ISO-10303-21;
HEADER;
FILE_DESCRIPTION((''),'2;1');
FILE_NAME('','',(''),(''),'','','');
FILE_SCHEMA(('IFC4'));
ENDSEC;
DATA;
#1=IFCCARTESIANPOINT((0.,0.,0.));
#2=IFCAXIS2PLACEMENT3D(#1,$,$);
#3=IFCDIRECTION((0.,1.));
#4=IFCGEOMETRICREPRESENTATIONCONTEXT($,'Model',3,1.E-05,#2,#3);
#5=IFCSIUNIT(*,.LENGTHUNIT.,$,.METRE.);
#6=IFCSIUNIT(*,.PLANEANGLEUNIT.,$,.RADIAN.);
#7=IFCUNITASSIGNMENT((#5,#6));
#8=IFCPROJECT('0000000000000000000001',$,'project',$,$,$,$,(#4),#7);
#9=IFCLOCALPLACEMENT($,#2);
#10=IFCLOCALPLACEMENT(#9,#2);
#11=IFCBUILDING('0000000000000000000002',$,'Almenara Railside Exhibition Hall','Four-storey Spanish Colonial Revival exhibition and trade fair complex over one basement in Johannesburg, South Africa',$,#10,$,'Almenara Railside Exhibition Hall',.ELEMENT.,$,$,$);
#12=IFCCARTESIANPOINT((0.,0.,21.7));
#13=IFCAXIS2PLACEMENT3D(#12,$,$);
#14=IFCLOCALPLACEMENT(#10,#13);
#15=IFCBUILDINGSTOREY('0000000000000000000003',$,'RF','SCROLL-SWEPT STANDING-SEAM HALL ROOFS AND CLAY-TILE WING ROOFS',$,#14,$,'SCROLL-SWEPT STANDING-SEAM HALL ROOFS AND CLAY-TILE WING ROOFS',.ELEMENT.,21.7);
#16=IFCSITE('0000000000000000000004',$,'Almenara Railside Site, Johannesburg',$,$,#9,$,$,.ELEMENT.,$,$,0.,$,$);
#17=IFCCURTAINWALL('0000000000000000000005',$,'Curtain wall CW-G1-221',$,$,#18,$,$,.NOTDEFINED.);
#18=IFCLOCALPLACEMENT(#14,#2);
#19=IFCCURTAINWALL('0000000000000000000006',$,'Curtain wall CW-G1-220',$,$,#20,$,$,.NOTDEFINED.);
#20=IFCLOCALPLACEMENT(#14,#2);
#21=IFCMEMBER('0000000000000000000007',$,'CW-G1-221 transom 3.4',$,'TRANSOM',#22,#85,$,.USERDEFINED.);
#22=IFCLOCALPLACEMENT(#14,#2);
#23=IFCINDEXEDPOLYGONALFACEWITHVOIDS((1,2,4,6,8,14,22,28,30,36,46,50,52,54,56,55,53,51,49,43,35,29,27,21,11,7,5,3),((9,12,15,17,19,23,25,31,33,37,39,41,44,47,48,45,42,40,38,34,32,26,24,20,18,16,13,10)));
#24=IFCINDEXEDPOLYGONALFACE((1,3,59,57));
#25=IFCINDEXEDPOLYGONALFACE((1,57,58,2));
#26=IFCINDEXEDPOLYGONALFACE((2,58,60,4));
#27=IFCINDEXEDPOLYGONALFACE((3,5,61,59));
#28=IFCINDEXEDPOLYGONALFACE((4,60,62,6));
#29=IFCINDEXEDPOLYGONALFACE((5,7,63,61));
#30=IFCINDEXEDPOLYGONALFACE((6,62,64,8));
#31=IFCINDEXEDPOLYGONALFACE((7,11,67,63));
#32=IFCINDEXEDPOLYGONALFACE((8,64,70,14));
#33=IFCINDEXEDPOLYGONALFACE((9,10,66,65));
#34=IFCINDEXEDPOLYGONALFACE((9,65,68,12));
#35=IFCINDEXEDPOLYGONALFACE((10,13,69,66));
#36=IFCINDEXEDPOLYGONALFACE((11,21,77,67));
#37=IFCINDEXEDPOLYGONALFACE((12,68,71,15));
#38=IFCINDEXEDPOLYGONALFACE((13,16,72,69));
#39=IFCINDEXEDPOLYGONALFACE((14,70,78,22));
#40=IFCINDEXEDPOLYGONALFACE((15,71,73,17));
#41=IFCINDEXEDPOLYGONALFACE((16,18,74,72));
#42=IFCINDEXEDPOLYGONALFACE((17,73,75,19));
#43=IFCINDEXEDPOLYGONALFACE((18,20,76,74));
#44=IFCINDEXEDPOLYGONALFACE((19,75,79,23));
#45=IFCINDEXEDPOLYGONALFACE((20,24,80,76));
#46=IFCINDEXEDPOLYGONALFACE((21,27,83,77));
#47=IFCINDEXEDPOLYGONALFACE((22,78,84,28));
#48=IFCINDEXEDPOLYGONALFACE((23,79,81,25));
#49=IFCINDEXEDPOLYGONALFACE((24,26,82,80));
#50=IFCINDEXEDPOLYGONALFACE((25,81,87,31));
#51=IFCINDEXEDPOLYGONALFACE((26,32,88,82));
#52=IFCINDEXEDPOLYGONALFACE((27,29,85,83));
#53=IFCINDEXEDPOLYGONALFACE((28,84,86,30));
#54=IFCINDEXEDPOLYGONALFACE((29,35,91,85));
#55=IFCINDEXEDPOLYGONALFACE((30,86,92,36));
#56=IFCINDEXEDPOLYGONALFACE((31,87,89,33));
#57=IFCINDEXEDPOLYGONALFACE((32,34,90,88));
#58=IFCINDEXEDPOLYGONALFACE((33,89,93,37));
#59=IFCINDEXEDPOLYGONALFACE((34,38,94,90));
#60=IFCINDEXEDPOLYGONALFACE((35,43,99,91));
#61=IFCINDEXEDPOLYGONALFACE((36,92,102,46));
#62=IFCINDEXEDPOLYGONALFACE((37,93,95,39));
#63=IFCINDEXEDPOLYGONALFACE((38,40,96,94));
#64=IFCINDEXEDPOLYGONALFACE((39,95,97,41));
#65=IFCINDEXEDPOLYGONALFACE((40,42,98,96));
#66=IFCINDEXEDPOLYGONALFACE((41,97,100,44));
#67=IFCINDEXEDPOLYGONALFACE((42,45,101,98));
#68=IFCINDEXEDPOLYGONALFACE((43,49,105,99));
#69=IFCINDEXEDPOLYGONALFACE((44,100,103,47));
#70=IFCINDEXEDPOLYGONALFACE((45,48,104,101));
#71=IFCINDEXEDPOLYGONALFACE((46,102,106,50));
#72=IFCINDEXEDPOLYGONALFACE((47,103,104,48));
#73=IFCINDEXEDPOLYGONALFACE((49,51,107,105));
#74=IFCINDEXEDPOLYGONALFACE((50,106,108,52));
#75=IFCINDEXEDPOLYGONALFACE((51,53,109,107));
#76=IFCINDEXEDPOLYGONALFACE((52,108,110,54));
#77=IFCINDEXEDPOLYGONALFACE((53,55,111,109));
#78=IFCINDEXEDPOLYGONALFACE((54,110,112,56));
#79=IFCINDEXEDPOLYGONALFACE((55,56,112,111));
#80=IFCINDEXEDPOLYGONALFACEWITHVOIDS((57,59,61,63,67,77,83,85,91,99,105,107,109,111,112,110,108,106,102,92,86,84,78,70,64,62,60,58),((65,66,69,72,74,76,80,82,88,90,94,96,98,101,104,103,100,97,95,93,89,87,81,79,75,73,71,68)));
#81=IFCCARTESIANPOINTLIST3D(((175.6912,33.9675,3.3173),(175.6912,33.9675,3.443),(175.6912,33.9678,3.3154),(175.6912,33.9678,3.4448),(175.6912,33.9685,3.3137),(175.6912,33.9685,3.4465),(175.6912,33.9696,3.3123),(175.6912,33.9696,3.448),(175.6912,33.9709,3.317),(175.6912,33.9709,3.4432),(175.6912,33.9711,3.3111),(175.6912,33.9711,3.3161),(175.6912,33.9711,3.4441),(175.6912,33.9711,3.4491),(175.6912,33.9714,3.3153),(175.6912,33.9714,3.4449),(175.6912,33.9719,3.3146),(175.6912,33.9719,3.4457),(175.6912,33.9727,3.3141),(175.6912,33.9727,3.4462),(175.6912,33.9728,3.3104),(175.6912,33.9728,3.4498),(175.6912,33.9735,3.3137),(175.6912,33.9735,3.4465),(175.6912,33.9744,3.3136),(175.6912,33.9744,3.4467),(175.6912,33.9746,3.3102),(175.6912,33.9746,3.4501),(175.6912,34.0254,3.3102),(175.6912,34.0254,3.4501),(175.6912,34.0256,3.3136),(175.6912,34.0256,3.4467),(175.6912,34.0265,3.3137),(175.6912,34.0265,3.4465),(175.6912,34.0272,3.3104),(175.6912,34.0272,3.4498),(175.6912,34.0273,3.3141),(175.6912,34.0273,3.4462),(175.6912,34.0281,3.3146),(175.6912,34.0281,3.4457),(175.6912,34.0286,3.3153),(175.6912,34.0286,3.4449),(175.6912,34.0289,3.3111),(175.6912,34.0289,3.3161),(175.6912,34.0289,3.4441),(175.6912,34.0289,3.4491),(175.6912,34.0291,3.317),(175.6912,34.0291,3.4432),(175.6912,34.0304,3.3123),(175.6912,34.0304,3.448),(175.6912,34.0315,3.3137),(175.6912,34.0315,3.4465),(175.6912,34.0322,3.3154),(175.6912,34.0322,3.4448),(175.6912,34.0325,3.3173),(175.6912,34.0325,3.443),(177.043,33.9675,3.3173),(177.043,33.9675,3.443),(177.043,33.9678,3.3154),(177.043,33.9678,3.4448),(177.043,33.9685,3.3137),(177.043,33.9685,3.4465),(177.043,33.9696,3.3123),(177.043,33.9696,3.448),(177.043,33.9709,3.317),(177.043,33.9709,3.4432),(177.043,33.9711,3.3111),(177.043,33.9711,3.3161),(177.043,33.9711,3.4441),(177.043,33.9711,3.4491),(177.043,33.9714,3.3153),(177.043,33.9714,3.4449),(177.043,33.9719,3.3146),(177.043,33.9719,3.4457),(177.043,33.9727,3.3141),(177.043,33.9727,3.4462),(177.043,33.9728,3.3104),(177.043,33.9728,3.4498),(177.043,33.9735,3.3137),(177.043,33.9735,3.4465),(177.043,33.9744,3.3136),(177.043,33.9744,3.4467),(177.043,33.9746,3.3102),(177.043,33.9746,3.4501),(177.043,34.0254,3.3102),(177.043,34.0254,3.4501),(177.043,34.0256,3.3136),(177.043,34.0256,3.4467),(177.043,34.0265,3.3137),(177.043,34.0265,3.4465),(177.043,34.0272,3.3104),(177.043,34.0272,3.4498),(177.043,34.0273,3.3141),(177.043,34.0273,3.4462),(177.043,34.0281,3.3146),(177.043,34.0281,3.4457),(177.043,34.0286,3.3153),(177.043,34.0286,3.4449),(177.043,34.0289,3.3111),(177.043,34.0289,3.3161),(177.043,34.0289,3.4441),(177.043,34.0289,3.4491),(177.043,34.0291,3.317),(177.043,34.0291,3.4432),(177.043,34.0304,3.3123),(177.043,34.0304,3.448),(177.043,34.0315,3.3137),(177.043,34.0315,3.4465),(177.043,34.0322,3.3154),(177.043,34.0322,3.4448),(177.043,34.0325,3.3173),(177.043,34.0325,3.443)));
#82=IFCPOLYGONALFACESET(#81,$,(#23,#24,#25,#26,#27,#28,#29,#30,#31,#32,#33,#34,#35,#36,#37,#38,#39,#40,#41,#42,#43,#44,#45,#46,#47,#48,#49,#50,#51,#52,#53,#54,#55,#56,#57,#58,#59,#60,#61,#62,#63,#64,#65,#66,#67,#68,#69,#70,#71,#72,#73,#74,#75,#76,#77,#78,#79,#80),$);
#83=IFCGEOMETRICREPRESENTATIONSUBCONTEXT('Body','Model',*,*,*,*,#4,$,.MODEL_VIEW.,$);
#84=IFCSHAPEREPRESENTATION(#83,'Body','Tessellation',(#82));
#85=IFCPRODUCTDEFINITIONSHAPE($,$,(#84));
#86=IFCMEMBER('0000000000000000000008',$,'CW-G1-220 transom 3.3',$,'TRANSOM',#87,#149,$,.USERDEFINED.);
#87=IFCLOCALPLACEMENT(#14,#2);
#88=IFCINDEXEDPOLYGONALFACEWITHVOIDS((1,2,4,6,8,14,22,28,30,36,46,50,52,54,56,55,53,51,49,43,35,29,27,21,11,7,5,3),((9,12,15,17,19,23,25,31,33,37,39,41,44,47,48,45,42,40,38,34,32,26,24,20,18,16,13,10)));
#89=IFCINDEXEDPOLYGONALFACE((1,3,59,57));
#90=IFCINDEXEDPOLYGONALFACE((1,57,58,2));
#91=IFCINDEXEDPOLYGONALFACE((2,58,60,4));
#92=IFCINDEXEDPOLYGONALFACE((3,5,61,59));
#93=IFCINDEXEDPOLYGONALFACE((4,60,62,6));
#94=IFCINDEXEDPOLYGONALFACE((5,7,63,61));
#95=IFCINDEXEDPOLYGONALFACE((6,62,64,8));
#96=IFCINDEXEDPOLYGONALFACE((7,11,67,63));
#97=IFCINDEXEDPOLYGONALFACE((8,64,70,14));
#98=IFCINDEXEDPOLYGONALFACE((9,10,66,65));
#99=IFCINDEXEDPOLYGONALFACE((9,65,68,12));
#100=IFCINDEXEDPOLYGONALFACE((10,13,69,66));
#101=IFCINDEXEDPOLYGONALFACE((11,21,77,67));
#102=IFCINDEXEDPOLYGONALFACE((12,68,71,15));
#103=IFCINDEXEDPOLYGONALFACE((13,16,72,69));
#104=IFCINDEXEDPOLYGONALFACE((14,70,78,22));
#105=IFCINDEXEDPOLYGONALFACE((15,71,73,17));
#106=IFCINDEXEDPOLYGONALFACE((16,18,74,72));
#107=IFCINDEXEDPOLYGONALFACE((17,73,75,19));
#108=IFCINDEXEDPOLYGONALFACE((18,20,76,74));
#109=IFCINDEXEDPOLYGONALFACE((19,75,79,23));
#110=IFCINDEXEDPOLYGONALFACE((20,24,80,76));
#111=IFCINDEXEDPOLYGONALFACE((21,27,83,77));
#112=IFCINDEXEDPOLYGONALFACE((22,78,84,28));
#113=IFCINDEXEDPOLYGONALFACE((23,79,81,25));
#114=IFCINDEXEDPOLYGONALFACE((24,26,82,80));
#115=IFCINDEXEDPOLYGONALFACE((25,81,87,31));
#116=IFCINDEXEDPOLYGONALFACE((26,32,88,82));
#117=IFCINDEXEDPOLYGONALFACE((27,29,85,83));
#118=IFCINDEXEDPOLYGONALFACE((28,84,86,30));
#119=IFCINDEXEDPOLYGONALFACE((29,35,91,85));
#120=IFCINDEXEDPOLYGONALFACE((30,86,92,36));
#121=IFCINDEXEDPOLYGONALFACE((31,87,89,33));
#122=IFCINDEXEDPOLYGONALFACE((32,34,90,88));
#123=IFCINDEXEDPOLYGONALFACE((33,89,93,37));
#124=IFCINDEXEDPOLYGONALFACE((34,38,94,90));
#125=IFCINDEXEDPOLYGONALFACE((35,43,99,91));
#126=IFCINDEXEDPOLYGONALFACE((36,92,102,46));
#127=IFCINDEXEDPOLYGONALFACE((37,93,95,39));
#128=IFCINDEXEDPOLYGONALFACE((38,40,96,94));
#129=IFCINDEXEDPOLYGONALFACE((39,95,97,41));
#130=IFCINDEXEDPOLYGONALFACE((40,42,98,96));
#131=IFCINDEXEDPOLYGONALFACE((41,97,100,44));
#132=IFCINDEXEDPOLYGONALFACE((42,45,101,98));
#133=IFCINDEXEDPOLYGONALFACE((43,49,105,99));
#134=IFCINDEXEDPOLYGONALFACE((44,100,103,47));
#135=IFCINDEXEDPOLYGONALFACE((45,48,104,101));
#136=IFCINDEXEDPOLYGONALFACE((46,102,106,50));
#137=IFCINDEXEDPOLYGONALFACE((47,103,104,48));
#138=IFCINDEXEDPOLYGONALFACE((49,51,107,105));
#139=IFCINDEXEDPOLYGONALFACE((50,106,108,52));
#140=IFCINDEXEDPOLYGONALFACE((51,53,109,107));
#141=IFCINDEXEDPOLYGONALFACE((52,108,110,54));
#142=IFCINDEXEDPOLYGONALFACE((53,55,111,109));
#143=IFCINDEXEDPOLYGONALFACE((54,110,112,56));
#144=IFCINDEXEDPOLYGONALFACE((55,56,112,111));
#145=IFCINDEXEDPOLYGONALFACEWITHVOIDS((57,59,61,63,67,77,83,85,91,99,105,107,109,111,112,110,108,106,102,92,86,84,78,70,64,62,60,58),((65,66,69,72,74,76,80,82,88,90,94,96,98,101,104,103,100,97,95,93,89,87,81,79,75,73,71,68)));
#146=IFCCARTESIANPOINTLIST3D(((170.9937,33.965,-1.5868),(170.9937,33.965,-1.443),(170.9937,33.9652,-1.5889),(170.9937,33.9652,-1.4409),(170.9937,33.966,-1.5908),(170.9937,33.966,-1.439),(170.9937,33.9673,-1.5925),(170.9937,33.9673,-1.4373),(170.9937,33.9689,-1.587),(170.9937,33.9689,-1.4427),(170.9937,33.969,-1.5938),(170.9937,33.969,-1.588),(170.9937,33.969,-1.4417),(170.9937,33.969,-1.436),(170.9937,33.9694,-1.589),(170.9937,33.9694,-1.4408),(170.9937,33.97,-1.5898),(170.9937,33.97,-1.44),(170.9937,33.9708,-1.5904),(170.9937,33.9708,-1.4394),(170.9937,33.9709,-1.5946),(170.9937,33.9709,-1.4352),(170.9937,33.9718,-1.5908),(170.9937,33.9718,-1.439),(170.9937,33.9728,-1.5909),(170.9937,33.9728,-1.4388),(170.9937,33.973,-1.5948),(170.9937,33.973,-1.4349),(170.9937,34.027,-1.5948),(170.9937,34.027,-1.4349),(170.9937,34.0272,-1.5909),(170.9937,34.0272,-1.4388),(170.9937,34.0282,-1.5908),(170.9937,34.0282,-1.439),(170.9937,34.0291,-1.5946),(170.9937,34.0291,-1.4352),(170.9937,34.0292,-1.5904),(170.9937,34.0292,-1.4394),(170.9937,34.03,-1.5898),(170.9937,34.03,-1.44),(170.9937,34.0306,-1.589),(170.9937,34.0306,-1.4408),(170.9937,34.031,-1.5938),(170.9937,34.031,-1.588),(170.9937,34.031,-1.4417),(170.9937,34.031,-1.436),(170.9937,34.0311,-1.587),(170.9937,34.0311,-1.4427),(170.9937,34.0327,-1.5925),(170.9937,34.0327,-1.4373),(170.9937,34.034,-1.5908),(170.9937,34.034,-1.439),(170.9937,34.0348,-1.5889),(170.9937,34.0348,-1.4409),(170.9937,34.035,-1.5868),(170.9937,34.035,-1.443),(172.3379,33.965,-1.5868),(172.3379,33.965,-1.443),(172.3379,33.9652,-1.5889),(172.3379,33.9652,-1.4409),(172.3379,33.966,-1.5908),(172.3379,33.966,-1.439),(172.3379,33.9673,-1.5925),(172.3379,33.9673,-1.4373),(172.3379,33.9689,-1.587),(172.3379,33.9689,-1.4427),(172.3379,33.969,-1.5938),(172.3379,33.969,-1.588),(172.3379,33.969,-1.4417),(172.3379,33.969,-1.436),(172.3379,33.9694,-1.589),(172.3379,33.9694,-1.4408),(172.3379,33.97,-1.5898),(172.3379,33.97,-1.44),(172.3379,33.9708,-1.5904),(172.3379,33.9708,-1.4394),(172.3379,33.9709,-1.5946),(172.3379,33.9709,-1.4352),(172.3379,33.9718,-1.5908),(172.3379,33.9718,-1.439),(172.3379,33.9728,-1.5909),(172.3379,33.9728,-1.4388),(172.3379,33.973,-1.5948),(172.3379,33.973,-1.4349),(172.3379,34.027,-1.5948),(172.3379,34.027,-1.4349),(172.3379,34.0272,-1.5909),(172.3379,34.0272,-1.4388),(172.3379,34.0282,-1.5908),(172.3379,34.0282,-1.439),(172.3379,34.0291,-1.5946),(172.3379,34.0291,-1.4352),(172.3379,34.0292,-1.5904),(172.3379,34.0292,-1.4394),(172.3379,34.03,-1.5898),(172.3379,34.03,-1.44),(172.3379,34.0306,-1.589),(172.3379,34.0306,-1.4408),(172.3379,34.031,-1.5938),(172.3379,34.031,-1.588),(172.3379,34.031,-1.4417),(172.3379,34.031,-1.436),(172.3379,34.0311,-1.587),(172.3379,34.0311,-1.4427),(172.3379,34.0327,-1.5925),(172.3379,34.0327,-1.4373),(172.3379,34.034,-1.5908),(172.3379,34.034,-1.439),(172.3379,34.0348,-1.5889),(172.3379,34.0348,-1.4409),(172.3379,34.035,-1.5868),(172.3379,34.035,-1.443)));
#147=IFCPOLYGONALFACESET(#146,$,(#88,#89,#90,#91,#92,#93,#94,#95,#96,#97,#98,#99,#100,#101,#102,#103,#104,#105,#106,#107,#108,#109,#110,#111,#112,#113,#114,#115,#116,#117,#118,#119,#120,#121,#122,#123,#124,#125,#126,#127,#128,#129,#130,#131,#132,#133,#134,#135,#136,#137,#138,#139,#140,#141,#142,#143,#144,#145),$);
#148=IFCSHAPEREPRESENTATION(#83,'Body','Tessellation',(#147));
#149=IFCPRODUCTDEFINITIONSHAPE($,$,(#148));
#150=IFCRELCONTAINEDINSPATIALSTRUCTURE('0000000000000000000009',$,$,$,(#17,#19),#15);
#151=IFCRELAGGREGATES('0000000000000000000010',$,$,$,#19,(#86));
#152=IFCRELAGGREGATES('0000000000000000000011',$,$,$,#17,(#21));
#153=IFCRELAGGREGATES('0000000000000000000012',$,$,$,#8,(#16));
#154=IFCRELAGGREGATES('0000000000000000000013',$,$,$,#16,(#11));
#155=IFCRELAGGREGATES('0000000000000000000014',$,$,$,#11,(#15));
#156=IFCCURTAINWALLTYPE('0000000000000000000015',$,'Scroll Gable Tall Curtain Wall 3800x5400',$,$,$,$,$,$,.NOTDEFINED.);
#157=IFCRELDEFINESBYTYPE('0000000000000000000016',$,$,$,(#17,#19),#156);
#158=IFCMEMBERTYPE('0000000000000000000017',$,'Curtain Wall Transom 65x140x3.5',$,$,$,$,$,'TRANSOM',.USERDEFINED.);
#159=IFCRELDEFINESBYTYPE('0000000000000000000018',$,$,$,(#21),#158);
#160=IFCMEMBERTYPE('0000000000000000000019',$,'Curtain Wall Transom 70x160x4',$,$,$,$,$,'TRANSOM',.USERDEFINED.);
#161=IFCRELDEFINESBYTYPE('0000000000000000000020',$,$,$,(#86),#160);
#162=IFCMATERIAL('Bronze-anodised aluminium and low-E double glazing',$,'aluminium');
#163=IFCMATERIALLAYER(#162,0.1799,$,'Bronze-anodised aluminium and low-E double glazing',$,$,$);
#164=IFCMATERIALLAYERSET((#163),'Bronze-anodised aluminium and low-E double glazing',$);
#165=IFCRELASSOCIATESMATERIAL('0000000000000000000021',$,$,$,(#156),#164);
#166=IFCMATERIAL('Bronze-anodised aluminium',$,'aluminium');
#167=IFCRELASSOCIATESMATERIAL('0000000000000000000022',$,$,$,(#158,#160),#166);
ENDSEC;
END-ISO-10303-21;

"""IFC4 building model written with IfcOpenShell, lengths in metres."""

from ifc_helpers import new_model, si_unit, direction, frame, origin, origin_2d, place, context, subcontext, project, spatial, hollow_rectangle, extrude, material, layer, layer_set, material_profile, profile_set, type_object, element, aggregate, save


model = new_model("IFC4")

# Units and contexts
model_context = context("Model", 3, precision=1e-05, world=origin(), true_north=direction((0.0, 1.0)))
body_context = subcontext(model_context, "Body", "Model", "MODEL_VIEW")
ifc_project = project(units=[si_unit("LENGTHUNIT", "METRE"), si_unit("PLANEANGLEUNIT", "RADIAN")], contexts=[model_context])

# Site, building, storey
site_placement = place(None, origin())
site = spatial("IfcSite", under=ifc_project, at=site_placement, Name="Almenara Railside Site, Johannesburg", CompositionType="ELEMENT", RefElevation=0.0)
building_placement = place(site_placement, origin())
building = spatial("IfcBuilding", under=site, at=building_placement, Name="Almenara Railside Exhibition Hall", Description="Four-storey Spanish Colonial Revival exhibition and trade fair complex over one basement in Johannesburg, South Africa", LongName="Almenara Railside Exhibition Hall", CompositionType="ELEMENT")
storey_placement = place(building_placement, frame((0.0, 0.0, 21.7)))
storey = spatial("IfcBuildingStorey", under=building, at=storey_placement, Name="RF", Description="SCROLL-SWEPT STANDING-SEAM HALL ROOFS AND CLAY-TILE WING ROOFS", LongName="SCROLL-SWEPT STANDING-SEAM HALL ROOFS AND CLAY-TILE WING ROOFS", CompositionType="ELEMENT", Elevation=21.7)

# Curtain wall
ifc_material_1 = material(Name="Bronze-anodised aluminium and low-E double glazing", Category="aluminium")
ifc_layer_1 = layer(ifc_material_1, 0.1799, Name="Bronze-anodised aluminium and low-E double glazing")
ifc_layer_set_1 = layer_set([ifc_layer_1], Name="Bronze-anodised aluminium and low-E double glazing")
curtain_wall_type = type_object("IfcCurtainWallType", Name="Scroll Gable Tall Curtain Wall 3800x5400", PredefinedType="NOTDEFINED", material=ifc_layer_set_1)
curtain_wall_1_placement = place(storey_placement, origin())
curtain_wall_1 = element("IfcCurtainWall", 1, at=curtain_wall_1_placement, inside=storey, type_object=curtain_wall_type, Name="Curtain wall CW-G1-221", PredefinedType="NOTDEFINED")
ifc_material_2 = material(Name="Bronze-anodised aluminium", Category="aluminium")

# Curtain wall
curtain_wall_2_placement = place(storey_placement, origin())
curtain_wall_2 = element("IfcCurtainWall", 2, at=curtain_wall_2_placement, inside=storey, type_object=curtain_wall_type, Name="Curtain wall CW-G1-220", PredefinedType="NOTDEFINED")

# Members
ifc_material_profile_1 = material_profile(ifc_material_2, hollow_rectangle(XDim=0.0649, YDim=0.1399, WallThickness=0.0034, InnerFilletRadius=0.0034, OuterFilletRadius=0.0071, at=origin_2d()), Name="ALU-TRN 65x140x3.5")
ifc_profile_set_1 = profile_set([ifc_material_profile_1], Name="Bronze-anodised aluminium")
member_type_1 = type_object("IfcMemberType", Name="Curtain Wall Transom 65x140x3.5", ElementType="TRANSOM", PredefinedType="USERDEFINED", material=ifc_profile_set_1)
member_1_placement = place(storey_placement, frame((175.6912, 34.0, 3.3801), z_axis=(1.0, 0.0, 0.0), x_axis=(0.0, 1.0, 0.0)))
member_1 = element("IfcMember", 3, at=member_1_placement, type_object=member_type_1, Name="CW-G1-221 transom 3.4", ObjectType="TRANSOM", PredefinedType="USERDEFINED", context=body_context, shape_type="SweptSolid", body=[
    extrude(hollow_rectangle(XDim=0.0649, YDim=0.1399, WallThickness=0.0034, InnerFilletRadius=0.0034, OuterFilletRadius=0.0071, at=origin_2d()), origin(), (0.0, 0.0, 1.0), 1.3518),
])
ifc_material_profile_2 = material_profile(ifc_material_2, hollow_rectangle(XDim=0.0701, YDim=0.1599, WallThickness=0.0039, InnerFilletRadius=0.0039, OuterFilletRadius=0.0081, at=origin_2d()), Name="ALU-TRN 70x160x4")
ifc_profile_set_2 = profile_set([ifc_material_profile_2], Name="Bronze-anodised aluminium")
member_type_2 = type_object("IfcMemberType", Name="Curtain Wall Transom 70x160x4", ElementType="TRANSOM", PredefinedType="USERDEFINED", material=ifc_profile_set_2)
member_2_placement = place(storey_placement, frame((170.9937, 34.0, -1.5149), z_axis=(1.0, 0.0, 0.0), x_axis=(0.0, 1.0, 0.0)))
member_2 = element("IfcMember", 4, at=member_2_placement, type_object=member_type_2, Name="CW-G1-220 transom 3.3", ObjectType="TRANSOM", PredefinedType="USERDEFINED", context=body_context, shape_type="SweptSolid", body=[
    extrude(hollow_rectangle(XDim=0.0701, YDim=0.1599, WallThickness=0.0039, InnerFilletRadius=0.0039, OuterFilletRadius=0.0081, at=origin_2d()), origin(), (0.0, 0.0, 1.0), 1.3442),
])

aggregate(curtain_wall_2, [member_2])
aggregate(curtain_wall_1, [member_1])

save(model, "model.ifc")
